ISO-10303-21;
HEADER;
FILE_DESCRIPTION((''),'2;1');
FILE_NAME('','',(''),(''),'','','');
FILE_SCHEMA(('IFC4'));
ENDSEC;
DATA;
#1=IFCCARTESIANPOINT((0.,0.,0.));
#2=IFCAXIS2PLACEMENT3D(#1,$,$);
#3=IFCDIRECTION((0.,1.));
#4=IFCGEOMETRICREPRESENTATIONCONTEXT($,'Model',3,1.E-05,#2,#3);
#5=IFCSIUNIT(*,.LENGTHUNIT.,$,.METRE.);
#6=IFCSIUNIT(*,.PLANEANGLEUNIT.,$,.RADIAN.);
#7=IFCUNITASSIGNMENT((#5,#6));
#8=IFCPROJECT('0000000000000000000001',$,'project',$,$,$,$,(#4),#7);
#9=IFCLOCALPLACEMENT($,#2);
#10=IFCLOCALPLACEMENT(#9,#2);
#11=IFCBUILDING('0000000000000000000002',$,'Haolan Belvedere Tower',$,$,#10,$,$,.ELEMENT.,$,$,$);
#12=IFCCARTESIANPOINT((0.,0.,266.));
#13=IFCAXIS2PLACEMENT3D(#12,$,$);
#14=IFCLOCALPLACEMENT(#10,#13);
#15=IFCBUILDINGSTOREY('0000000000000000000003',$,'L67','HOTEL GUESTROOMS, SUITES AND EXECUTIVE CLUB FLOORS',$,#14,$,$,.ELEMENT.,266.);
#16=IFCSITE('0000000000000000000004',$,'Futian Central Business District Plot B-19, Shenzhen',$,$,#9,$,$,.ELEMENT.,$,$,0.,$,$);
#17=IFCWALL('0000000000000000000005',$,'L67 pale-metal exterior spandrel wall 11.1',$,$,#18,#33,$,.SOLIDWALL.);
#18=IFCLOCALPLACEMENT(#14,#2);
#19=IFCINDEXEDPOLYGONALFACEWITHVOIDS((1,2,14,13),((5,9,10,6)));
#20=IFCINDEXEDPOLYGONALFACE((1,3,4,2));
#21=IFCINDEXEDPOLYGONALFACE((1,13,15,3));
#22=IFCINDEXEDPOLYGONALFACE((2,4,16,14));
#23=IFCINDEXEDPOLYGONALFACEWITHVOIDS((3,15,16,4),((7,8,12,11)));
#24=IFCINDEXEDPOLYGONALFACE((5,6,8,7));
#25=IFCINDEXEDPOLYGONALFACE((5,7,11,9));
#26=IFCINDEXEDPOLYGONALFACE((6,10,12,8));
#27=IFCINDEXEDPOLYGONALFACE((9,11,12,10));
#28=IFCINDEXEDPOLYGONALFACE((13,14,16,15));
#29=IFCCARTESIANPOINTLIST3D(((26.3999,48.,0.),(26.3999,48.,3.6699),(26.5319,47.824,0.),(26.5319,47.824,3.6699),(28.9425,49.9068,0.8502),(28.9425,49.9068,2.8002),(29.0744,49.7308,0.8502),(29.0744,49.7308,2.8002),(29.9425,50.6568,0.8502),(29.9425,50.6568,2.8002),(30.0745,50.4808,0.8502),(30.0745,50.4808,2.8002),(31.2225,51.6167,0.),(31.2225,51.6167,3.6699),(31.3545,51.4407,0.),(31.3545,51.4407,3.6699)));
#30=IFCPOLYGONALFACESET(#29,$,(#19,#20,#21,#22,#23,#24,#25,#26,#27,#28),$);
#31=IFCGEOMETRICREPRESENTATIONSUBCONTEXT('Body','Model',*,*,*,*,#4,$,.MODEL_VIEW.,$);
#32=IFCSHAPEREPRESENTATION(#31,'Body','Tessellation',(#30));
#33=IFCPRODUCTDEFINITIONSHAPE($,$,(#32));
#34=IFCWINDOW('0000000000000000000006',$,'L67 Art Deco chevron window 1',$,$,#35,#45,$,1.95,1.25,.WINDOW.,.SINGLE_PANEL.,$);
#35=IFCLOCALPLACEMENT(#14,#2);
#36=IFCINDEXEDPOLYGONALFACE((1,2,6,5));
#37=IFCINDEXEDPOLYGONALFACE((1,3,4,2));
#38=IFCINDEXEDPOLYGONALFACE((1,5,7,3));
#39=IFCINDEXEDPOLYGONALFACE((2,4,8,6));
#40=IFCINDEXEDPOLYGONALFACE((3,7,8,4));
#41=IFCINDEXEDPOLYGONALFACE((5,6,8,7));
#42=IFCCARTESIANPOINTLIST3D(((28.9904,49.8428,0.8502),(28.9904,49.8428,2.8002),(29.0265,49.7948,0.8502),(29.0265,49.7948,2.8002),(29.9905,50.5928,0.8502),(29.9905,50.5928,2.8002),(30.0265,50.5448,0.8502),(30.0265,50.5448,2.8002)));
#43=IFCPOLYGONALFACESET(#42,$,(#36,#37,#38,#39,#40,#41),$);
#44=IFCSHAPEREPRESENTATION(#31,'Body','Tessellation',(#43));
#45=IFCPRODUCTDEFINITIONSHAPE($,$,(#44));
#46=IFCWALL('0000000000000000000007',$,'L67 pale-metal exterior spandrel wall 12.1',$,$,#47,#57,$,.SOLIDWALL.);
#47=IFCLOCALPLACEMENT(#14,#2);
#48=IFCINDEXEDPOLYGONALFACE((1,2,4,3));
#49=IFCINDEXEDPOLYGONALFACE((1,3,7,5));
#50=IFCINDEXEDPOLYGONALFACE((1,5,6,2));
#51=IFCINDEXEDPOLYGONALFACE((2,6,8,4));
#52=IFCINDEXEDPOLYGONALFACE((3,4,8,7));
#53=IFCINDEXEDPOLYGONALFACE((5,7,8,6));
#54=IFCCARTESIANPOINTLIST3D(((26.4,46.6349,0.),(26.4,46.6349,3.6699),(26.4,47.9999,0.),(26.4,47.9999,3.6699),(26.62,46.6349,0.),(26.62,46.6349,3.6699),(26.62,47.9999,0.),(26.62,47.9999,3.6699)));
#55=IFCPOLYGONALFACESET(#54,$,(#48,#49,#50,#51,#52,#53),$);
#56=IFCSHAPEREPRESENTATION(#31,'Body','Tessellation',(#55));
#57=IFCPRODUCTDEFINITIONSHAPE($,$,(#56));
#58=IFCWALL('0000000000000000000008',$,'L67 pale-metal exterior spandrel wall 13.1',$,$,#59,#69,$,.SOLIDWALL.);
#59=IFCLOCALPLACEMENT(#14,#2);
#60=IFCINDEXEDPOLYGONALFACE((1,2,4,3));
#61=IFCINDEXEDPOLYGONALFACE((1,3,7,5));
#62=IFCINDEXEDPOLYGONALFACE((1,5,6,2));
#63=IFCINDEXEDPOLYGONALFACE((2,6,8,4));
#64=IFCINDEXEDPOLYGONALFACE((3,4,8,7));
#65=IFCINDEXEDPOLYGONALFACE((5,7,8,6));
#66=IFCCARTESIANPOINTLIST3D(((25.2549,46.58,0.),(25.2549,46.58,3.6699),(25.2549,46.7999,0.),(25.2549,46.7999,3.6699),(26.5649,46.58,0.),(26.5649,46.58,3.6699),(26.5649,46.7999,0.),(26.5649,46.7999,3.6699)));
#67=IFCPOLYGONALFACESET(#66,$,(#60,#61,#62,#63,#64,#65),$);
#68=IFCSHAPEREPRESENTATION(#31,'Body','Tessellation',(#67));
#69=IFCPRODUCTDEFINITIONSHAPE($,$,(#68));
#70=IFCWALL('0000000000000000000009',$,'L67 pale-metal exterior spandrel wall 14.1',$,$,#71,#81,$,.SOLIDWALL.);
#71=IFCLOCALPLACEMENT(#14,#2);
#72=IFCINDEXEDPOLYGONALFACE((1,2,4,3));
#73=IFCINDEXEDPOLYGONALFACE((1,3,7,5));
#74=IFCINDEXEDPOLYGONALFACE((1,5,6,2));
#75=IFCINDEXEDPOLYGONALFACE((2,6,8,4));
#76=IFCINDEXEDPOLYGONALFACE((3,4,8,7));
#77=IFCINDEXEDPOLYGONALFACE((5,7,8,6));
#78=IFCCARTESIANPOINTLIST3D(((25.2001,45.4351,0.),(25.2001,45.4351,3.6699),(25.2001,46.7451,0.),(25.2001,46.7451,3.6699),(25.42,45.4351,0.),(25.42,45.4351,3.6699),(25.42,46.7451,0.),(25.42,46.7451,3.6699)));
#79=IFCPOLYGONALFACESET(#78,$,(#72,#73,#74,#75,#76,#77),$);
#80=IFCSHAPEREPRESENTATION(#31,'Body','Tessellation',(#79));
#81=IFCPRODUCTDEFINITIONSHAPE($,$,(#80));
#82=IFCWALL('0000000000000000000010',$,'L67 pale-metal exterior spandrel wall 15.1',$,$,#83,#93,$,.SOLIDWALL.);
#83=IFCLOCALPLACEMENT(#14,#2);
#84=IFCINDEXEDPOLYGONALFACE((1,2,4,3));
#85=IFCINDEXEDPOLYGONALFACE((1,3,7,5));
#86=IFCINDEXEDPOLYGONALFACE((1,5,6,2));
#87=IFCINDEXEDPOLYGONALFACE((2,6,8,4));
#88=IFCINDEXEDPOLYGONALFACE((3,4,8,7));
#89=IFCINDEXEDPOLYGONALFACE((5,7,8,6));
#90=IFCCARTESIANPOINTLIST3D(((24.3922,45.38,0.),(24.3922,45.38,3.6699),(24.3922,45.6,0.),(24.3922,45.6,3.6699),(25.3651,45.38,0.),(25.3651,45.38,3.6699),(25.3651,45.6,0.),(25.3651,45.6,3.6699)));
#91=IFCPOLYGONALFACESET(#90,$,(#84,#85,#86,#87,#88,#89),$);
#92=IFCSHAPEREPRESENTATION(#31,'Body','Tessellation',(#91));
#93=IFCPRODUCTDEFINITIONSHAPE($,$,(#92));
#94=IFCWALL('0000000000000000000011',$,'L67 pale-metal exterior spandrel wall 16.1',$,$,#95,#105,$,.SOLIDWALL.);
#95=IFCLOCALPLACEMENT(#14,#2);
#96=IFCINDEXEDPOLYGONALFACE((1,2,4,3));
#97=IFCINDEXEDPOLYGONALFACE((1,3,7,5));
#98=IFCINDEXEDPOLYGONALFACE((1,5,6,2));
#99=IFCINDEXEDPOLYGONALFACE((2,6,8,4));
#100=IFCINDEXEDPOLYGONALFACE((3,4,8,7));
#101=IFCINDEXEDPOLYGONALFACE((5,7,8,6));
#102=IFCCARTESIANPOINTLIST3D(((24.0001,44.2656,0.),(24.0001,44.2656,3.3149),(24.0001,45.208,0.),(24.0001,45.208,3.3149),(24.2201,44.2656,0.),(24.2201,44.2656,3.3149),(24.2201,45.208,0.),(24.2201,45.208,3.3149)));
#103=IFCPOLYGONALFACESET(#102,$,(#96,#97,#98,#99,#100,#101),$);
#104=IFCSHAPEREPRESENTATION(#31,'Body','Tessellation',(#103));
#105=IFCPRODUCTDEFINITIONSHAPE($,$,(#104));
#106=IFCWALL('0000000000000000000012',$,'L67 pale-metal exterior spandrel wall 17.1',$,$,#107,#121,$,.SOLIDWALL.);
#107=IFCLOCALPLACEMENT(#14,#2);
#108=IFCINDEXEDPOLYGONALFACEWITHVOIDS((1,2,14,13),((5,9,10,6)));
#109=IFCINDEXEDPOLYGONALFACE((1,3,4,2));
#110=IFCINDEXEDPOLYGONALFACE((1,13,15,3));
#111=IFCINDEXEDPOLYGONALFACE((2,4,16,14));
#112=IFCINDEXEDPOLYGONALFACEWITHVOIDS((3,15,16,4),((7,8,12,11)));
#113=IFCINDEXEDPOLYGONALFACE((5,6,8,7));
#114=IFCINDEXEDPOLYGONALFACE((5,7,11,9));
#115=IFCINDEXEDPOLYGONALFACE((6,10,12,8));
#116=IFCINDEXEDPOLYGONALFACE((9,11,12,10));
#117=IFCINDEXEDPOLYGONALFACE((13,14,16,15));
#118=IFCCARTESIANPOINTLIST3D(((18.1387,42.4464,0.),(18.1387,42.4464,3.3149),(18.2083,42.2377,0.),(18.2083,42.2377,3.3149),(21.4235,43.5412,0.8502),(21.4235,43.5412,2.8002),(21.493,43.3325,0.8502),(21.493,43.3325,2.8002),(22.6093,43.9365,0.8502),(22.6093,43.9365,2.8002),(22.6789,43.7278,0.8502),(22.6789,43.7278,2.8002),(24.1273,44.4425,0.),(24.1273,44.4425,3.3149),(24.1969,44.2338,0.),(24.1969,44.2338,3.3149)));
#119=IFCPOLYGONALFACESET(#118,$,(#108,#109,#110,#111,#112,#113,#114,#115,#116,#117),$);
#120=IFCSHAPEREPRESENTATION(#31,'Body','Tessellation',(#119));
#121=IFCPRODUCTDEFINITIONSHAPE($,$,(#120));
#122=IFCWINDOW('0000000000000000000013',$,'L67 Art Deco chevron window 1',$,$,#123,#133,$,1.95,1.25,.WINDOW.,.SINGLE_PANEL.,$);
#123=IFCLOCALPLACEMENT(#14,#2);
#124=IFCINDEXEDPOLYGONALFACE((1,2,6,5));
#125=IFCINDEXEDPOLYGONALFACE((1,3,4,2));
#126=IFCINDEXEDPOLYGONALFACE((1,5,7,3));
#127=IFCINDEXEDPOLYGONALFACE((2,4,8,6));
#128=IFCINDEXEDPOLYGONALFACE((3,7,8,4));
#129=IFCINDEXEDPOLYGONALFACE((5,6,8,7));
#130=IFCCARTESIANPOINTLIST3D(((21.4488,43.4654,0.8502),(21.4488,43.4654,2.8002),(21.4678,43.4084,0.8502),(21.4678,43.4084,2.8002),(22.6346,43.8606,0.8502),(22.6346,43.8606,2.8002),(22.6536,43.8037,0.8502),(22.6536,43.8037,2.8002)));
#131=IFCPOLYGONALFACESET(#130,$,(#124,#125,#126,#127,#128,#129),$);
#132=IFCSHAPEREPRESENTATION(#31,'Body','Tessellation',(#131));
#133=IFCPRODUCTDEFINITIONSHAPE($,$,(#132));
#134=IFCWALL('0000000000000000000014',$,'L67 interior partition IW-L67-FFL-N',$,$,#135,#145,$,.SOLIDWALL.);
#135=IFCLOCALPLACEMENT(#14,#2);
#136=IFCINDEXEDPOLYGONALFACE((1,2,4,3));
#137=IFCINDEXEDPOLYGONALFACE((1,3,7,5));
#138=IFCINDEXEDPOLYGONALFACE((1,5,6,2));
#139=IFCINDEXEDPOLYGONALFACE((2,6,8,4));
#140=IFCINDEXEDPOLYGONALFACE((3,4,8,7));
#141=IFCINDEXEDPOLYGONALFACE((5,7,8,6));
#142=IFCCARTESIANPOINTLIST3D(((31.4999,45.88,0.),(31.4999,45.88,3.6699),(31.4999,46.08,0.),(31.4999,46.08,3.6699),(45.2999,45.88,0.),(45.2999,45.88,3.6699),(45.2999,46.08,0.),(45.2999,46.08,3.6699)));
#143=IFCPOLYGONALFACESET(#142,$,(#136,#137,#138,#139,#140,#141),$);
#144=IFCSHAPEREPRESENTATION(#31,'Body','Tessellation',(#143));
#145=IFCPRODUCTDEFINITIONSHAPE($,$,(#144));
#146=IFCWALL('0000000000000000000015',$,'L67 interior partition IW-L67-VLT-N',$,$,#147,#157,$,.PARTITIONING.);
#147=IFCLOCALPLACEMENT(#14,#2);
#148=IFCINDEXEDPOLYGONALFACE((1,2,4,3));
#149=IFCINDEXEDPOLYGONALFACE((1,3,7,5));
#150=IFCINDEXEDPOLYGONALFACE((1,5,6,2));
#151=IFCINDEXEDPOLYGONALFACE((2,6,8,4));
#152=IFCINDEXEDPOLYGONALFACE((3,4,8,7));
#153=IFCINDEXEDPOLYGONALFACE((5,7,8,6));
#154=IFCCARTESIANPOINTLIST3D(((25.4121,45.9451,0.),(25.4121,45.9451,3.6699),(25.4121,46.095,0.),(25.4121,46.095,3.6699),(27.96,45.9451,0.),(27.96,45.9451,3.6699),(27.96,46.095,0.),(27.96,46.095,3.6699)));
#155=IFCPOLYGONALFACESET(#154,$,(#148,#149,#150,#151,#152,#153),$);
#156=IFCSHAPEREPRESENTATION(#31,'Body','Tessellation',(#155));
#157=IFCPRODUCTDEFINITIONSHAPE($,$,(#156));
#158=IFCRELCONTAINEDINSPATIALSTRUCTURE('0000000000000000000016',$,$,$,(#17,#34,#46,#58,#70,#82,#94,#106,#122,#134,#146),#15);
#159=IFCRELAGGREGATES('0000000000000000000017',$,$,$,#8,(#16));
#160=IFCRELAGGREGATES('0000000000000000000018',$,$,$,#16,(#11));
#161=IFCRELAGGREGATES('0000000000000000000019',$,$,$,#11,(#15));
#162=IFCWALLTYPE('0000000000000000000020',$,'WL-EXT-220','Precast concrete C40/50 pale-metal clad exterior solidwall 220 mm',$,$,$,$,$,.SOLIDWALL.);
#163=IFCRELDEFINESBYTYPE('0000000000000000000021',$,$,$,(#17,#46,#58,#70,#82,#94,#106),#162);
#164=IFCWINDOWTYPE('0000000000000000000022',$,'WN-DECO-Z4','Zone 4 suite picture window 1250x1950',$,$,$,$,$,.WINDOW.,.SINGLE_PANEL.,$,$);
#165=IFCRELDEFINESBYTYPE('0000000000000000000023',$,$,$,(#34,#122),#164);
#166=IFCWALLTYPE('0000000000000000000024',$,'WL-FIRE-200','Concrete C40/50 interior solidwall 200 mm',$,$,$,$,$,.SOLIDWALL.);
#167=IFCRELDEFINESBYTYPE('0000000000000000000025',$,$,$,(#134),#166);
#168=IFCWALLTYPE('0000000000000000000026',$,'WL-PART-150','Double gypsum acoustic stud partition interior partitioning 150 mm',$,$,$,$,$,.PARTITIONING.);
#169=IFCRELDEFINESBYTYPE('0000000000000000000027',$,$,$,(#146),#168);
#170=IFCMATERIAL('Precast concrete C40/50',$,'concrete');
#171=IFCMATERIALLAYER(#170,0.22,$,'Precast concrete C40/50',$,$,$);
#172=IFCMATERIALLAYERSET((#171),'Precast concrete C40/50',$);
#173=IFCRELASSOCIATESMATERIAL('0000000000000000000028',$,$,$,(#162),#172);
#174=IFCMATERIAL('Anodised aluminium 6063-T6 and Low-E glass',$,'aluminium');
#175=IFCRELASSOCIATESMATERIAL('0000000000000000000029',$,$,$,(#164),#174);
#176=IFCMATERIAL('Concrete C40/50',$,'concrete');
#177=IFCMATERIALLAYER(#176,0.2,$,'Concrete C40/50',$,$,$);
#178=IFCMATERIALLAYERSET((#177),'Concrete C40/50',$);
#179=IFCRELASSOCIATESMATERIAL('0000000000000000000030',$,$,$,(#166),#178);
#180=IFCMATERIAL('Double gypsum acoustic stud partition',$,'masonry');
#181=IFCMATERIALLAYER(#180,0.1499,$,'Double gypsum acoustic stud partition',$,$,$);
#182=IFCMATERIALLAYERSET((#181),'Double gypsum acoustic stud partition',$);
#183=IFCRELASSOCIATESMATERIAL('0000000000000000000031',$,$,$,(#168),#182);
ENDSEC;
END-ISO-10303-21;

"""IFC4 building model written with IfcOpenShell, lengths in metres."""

from ifc_helpers import new_model, si_unit, direction, frame, frame_2d, origin, place, context, subcontext, project, spatial, rectangle, extrude, material, layer, layer_set, type_object, element, fill, save


model = new_model("IFC4")

# Units and contexts
model_context = context("Model", 3, precision=1e-05, world=origin(), true_north=direction((0.0, 1.0)))
body_context = subcontext(model_context, "Body", "Model", "MODEL_VIEW")
ifc_project = project(units=[si_unit("LENGTHUNIT", "METRE"), si_unit("PLANEANGLEUNIT", "RADIAN")], contexts=[model_context])

# Site, building, storey
site_placement = place(None, origin())
site = spatial("IfcSite", under=ifc_project, at=site_placement, Name="Futian Central Business District Plot B-19, Shenzhen", CompositionType="ELEMENT", RefElevation=0.0)
building_placement = place(site_placement, origin())
building = spatial("IfcBuilding", under=site, at=building_placement, Name="Haolan Belvedere Tower", CompositionType="ELEMENT")
storey_placement = place(building_placement, frame((0.0, 0.0, 266.0)))
storey = spatial("IfcBuildingStorey", under=building, at=storey_placement, Name="L67", Description="HOTEL GUESTROOMS, SUITES AND EXECUTIVE CLUB FLOORS", CompositionType="ELEMENT", Elevation=266.0)

# Wall, opening, window
ifc_material_1 = material(Name="Precast concrete C40/50", Category="concrete")
ifc_layer_1 = layer(ifc_material_1, 0.22, Name="Precast concrete C40/50")
ifc_layer_set_1 = layer_set([ifc_layer_1], Name="Precast concrete C40/50")
wall_type_1 = type_object("IfcWallType", Name="WL-EXT-220", Description="Precast concrete C40/50 pale-metal clad exterior solidwall 220 mm", PredefinedType="SOLIDWALL", material=ifc_layer_set_1)
wall_1_placement = place(storey_placement, frame((31.2886, 51.5288, 0.0), z_axis=(0.0, 0.0, 1.0), x_axis=(-0.800015, -0.599981, 0.0)))
wall_1 = element("IfcWall", 1, at=wall_1_placement, inside=storey, type_object=wall_type_1, Name="L67 pale-metal exterior spandrel wall 11.1", PredefinedType="SOLIDWALL", context=body_context, shape_type="SweptSolid", body=[
    extrude(rectangle(XDim=6.0281, YDim=0.22, at=frame_2d((3.0142, 0.0))), origin(), (0.0, 0.0, 1.0), 3.6699),
])
opening_1_placement = place(wall_1_placement, frame((1.6001, 0.0, 0.8501)))
opening_1 = element("IfcOpeningElement", 2, at=opening_1_placement, cuts=wall_1, PredefinedType="OPENING", context=body_context, shape_type="SweptSolid", body=[
    extrude(rectangle(XDim=1.25, YDim=1.95, at=frame_2d((0.625, 0.9751))), frame((0.0, 0.1199, 0.0), z_axis=(0.0, -1.0, 0.0), x_axis=(1.0, 0.0, 0.0)), (0.0, 0.0, 1.0), 0.24),
])
ifc_material_2 = material(Name="Anodised aluminium 6063-T6 and Low-E glass", Category="aluminium")
window_type = type_object("IfcWindowType", Name="WN-DECO-Z4", Description="Zone 4 suite picture window 1250x1950", PartitioningType="SINGLE_PANEL", PredefinedType="WINDOW", material=ifc_material_2)
window_1_placement = place(opening_1_placement, origin())
window_1 = element("IfcWindow", 3, at=window_1_placement, inside=storey, type_object=window_type, Name="L67 Art Deco chevron window 1", OverallHeight=1.95, OverallWidth=1.25, PartitioningType="SINGLE_PANEL", PredefinedType="WINDOW", context=body_context, shape_type="SweptSolid", body=[
    extrude(rectangle(XDim=1.25, YDim=1.95, at=frame_2d((0.625, 0.9751))), frame((0.0, 0.03, 0.0), z_axis=(0.0, -1.0, 0.0), x_axis=(1.0, 0.0, 0.0)), (0.0, 0.0, 1.0), 0.0601),
])
fill(opening_1, window_1)

# Walls
wall_2_placement = place(storey_placement, frame((26.51, 48.0, 0.0), z_axis=(0.0, 0.0, 1.0), x_axis=(0.0, -1.0, 0.0)))
element("IfcWall", 4, at=wall_2_placement, inside=storey, type_object=wall_type_1, Name="L67 pale-metal exterior spandrel wall 12.1", PredefinedType="SOLIDWALL", context=body_context, shape_type="SweptSolid", body=[
    extrude(rectangle(XDim=1.365, YDim=0.22, at=frame_2d((0.6826, 0.0))), origin(), (0.0, 0.0, 1.0), 3.6699),
])
for number, where, z_axis, x_axis, name in (
    (5, (26.5649, 46.6899, 0.0), (0.0, 0.0, 1.0), (-1.0, 0.0, 0.0), "L67 pale-metal exterior spandrel wall 13.1"),
    (6, (25.3101, 46.7451, 0.0), (0.0, 0.0, 1.0), (0.0, -1.0, 0.0), "L67 pale-metal exterior spandrel wall 14.1"),
):
    element("IfcWall", number, at=place(storey_placement, frame(where, z_axis=z_axis, x_axis=x_axis)), inside=storey, type_object=wall_type_1, Name=name, PredefinedType="SOLIDWALL", context=body_context, shape_type="SweptSolid", body=[
        extrude(rectangle(XDim=1.3101, YDim=0.22, at=frame_2d((0.655, 0.0))), origin(), (0.0, 0.0, 1.0), 3.6699),
    ])
wall_3_placement = place(storey_placement, frame((25.365, 45.49, 0.0), z_axis=(0.0, 0.0, 1.0), x_axis=(-1.0, 0.0, 0.0)))
element("IfcWall", 7, at=wall_3_placement, inside=storey, type_object=wall_type_1, Name="L67 pale-metal exterior spandrel wall 15.1", PredefinedType="SOLIDWALL", context=body_context, shape_type="SweptSolid", body=[
    extrude(rectangle(XDim=0.9729, YDim=0.22, at=frame_2d((0.4863, 0.0))), origin(), (0.0, 0.0, 1.0), 3.6699),
])
wall_4_placement = place(storey_placement, frame((24.1101, 45.208, 0.0), z_axis=(0.0, 0.0, 1.0), x_axis=(0.0, -1.0, 0.0)))
element("IfcWall", 8, at=wall_4_placement, inside=storey, type_object=wall_type_1, Name="L67 pale-metal exterior spandrel wall 16.1", PredefinedType="SOLIDWALL", context=body_context, shape_type="SweptSolid", body=[
    extrude(rectangle(XDim=0.9424, YDim=0.22, at=frame_2d((0.4712, 0.0))), origin(), (0.0, 0.0, 1.0), 3.3149),
])

# Wall, opening, window
wall_5_placement = place(storey_placement, frame((24.1621, 44.3381, 0.0), z_axis=(0.0, 0.0, 1.0), x_axis=(-0.948687, -0.316216, 0.0)))
wall_5 = element("IfcWall", 9, at=wall_5_placement, inside=storey, type_object=wall_type_1, Name="L67 pale-metal exterior spandrel wall 17.1", PredefinedType="SOLIDWALL", context=body_context, shape_type="SweptSolid", body=[
    extrude(rectangle(XDim=6.3125, YDim=0.22, at=frame_2d((3.1562, 0.0))), origin(), (0.0, 0.0, 1.0), 3.3149),
])
opening_2_placement = place(wall_5_placement, frame((1.6001, 0.0, 0.8501)))
opening_2 = element("IfcOpeningElement", 10, at=opening_2_placement, cuts=wall_5, PredefinedType="OPENING", context=body_context, shape_type="SweptSolid", body=[
    extrude(rectangle(XDim=1.25, YDim=1.95, at=frame_2d((0.625, 0.9751))), frame((0.0, 0.1199, 0.0), z_axis=(0.0, -1.0, 0.0), x_axis=(1.0, 0.0, 0.0)), (0.0, 0.0, 1.0), 0.24),
])
window_2_placement = place(opening_2_placement, origin())
window_2 = element("IfcWindow", 11, at=window_2_placement, inside=storey, type_object=window_type, Name="L67 Art Deco chevron window 1", OverallHeight=1.95, OverallWidth=1.25, PartitioningType="SINGLE_PANEL", PredefinedType="WINDOW", context=body_context, shape_type="SweptSolid", body=[
    extrude(rectangle(XDim=1.25, YDim=1.95, at=frame_2d((0.625, 0.9751))), frame((0.0, 0.03, 0.0), z_axis=(0.0, -1.0, 0.0), x_axis=(1.0, 0.0, 0.0)), (0.0, 0.0, 1.0), 0.0601),
])
fill(opening_2, window_2)

# Walls
ifc_material_3 = material(Name="Concrete C40/50", Category="concrete")
ifc_layer_2 = layer(ifc_material_3, 0.2, Name="Concrete C40/50")
ifc_layer_set_2 = layer_set([ifc_layer_2], Name="Concrete C40/50")
wall_type_2 = type_object("IfcWallType", Name="WL-FIRE-200", Description="Concrete C40/50 interior solidwall 200 mm", PredefinedType="SOLIDWALL", material=ifc_layer_set_2)
wall_6_placement = place(storey_placement, frame((31.5, 45.98, 0.0), z_axis=(0.0, 0.0, 1.0), x_axis=(1.0, 0.0, 0.0)))
element("IfcWall", 12, at=wall_6_placement, inside=storey, type_object=wall_type_2, Name="L67 interior partition IW-L67-FFL-N", PredefinedType="SOLIDWALL", context=body_context, shape_type="SweptSolid", body=[
    extrude(rectangle(XDim=13.8, YDim=0.2, at=frame_2d((6.8999, 0.0))), origin(), (0.0, 0.0, 1.0), 3.6699),
])
ifc_material_4 = material(Name="Double gypsum acoustic stud partition", Category="masonry")
ifc_layer_3 = layer(ifc_material_4, 0.1499, Name="Double gypsum acoustic stud partition")
ifc_layer_set_3 = layer_set([ifc_layer_3], Name="Double gypsum acoustic stud partition")
wall_type_3 = type_object("IfcWallType", Name="WL-PART-150", Description="Double gypsum acoustic stud partition interior partitioning 150 mm", PredefinedType="PARTITIONING", material=ifc_layer_set_3)
wall_7_placement = place(storey_placement, frame((25.4121, 46.02, 0.0), z_axis=(0.0, 0.0, 1.0), x_axis=(1.0, 0.0, 0.0)))
element("IfcWall", 13, at=wall_7_placement, inside=storey, type_object=wall_type_3, Name="L67 interior partition IW-L67-VLT-N", PredefinedType="PARTITIONING", context=body_context, shape_type="SweptSolid", body=[
    extrude(rectangle(XDim=2.5479, YDim=0.1499, at=frame_2d((1.2739, 0.0))), origin(), (0.0, 0.0, 1.0), 3.6699),
])

save(model, "model.ifc")
